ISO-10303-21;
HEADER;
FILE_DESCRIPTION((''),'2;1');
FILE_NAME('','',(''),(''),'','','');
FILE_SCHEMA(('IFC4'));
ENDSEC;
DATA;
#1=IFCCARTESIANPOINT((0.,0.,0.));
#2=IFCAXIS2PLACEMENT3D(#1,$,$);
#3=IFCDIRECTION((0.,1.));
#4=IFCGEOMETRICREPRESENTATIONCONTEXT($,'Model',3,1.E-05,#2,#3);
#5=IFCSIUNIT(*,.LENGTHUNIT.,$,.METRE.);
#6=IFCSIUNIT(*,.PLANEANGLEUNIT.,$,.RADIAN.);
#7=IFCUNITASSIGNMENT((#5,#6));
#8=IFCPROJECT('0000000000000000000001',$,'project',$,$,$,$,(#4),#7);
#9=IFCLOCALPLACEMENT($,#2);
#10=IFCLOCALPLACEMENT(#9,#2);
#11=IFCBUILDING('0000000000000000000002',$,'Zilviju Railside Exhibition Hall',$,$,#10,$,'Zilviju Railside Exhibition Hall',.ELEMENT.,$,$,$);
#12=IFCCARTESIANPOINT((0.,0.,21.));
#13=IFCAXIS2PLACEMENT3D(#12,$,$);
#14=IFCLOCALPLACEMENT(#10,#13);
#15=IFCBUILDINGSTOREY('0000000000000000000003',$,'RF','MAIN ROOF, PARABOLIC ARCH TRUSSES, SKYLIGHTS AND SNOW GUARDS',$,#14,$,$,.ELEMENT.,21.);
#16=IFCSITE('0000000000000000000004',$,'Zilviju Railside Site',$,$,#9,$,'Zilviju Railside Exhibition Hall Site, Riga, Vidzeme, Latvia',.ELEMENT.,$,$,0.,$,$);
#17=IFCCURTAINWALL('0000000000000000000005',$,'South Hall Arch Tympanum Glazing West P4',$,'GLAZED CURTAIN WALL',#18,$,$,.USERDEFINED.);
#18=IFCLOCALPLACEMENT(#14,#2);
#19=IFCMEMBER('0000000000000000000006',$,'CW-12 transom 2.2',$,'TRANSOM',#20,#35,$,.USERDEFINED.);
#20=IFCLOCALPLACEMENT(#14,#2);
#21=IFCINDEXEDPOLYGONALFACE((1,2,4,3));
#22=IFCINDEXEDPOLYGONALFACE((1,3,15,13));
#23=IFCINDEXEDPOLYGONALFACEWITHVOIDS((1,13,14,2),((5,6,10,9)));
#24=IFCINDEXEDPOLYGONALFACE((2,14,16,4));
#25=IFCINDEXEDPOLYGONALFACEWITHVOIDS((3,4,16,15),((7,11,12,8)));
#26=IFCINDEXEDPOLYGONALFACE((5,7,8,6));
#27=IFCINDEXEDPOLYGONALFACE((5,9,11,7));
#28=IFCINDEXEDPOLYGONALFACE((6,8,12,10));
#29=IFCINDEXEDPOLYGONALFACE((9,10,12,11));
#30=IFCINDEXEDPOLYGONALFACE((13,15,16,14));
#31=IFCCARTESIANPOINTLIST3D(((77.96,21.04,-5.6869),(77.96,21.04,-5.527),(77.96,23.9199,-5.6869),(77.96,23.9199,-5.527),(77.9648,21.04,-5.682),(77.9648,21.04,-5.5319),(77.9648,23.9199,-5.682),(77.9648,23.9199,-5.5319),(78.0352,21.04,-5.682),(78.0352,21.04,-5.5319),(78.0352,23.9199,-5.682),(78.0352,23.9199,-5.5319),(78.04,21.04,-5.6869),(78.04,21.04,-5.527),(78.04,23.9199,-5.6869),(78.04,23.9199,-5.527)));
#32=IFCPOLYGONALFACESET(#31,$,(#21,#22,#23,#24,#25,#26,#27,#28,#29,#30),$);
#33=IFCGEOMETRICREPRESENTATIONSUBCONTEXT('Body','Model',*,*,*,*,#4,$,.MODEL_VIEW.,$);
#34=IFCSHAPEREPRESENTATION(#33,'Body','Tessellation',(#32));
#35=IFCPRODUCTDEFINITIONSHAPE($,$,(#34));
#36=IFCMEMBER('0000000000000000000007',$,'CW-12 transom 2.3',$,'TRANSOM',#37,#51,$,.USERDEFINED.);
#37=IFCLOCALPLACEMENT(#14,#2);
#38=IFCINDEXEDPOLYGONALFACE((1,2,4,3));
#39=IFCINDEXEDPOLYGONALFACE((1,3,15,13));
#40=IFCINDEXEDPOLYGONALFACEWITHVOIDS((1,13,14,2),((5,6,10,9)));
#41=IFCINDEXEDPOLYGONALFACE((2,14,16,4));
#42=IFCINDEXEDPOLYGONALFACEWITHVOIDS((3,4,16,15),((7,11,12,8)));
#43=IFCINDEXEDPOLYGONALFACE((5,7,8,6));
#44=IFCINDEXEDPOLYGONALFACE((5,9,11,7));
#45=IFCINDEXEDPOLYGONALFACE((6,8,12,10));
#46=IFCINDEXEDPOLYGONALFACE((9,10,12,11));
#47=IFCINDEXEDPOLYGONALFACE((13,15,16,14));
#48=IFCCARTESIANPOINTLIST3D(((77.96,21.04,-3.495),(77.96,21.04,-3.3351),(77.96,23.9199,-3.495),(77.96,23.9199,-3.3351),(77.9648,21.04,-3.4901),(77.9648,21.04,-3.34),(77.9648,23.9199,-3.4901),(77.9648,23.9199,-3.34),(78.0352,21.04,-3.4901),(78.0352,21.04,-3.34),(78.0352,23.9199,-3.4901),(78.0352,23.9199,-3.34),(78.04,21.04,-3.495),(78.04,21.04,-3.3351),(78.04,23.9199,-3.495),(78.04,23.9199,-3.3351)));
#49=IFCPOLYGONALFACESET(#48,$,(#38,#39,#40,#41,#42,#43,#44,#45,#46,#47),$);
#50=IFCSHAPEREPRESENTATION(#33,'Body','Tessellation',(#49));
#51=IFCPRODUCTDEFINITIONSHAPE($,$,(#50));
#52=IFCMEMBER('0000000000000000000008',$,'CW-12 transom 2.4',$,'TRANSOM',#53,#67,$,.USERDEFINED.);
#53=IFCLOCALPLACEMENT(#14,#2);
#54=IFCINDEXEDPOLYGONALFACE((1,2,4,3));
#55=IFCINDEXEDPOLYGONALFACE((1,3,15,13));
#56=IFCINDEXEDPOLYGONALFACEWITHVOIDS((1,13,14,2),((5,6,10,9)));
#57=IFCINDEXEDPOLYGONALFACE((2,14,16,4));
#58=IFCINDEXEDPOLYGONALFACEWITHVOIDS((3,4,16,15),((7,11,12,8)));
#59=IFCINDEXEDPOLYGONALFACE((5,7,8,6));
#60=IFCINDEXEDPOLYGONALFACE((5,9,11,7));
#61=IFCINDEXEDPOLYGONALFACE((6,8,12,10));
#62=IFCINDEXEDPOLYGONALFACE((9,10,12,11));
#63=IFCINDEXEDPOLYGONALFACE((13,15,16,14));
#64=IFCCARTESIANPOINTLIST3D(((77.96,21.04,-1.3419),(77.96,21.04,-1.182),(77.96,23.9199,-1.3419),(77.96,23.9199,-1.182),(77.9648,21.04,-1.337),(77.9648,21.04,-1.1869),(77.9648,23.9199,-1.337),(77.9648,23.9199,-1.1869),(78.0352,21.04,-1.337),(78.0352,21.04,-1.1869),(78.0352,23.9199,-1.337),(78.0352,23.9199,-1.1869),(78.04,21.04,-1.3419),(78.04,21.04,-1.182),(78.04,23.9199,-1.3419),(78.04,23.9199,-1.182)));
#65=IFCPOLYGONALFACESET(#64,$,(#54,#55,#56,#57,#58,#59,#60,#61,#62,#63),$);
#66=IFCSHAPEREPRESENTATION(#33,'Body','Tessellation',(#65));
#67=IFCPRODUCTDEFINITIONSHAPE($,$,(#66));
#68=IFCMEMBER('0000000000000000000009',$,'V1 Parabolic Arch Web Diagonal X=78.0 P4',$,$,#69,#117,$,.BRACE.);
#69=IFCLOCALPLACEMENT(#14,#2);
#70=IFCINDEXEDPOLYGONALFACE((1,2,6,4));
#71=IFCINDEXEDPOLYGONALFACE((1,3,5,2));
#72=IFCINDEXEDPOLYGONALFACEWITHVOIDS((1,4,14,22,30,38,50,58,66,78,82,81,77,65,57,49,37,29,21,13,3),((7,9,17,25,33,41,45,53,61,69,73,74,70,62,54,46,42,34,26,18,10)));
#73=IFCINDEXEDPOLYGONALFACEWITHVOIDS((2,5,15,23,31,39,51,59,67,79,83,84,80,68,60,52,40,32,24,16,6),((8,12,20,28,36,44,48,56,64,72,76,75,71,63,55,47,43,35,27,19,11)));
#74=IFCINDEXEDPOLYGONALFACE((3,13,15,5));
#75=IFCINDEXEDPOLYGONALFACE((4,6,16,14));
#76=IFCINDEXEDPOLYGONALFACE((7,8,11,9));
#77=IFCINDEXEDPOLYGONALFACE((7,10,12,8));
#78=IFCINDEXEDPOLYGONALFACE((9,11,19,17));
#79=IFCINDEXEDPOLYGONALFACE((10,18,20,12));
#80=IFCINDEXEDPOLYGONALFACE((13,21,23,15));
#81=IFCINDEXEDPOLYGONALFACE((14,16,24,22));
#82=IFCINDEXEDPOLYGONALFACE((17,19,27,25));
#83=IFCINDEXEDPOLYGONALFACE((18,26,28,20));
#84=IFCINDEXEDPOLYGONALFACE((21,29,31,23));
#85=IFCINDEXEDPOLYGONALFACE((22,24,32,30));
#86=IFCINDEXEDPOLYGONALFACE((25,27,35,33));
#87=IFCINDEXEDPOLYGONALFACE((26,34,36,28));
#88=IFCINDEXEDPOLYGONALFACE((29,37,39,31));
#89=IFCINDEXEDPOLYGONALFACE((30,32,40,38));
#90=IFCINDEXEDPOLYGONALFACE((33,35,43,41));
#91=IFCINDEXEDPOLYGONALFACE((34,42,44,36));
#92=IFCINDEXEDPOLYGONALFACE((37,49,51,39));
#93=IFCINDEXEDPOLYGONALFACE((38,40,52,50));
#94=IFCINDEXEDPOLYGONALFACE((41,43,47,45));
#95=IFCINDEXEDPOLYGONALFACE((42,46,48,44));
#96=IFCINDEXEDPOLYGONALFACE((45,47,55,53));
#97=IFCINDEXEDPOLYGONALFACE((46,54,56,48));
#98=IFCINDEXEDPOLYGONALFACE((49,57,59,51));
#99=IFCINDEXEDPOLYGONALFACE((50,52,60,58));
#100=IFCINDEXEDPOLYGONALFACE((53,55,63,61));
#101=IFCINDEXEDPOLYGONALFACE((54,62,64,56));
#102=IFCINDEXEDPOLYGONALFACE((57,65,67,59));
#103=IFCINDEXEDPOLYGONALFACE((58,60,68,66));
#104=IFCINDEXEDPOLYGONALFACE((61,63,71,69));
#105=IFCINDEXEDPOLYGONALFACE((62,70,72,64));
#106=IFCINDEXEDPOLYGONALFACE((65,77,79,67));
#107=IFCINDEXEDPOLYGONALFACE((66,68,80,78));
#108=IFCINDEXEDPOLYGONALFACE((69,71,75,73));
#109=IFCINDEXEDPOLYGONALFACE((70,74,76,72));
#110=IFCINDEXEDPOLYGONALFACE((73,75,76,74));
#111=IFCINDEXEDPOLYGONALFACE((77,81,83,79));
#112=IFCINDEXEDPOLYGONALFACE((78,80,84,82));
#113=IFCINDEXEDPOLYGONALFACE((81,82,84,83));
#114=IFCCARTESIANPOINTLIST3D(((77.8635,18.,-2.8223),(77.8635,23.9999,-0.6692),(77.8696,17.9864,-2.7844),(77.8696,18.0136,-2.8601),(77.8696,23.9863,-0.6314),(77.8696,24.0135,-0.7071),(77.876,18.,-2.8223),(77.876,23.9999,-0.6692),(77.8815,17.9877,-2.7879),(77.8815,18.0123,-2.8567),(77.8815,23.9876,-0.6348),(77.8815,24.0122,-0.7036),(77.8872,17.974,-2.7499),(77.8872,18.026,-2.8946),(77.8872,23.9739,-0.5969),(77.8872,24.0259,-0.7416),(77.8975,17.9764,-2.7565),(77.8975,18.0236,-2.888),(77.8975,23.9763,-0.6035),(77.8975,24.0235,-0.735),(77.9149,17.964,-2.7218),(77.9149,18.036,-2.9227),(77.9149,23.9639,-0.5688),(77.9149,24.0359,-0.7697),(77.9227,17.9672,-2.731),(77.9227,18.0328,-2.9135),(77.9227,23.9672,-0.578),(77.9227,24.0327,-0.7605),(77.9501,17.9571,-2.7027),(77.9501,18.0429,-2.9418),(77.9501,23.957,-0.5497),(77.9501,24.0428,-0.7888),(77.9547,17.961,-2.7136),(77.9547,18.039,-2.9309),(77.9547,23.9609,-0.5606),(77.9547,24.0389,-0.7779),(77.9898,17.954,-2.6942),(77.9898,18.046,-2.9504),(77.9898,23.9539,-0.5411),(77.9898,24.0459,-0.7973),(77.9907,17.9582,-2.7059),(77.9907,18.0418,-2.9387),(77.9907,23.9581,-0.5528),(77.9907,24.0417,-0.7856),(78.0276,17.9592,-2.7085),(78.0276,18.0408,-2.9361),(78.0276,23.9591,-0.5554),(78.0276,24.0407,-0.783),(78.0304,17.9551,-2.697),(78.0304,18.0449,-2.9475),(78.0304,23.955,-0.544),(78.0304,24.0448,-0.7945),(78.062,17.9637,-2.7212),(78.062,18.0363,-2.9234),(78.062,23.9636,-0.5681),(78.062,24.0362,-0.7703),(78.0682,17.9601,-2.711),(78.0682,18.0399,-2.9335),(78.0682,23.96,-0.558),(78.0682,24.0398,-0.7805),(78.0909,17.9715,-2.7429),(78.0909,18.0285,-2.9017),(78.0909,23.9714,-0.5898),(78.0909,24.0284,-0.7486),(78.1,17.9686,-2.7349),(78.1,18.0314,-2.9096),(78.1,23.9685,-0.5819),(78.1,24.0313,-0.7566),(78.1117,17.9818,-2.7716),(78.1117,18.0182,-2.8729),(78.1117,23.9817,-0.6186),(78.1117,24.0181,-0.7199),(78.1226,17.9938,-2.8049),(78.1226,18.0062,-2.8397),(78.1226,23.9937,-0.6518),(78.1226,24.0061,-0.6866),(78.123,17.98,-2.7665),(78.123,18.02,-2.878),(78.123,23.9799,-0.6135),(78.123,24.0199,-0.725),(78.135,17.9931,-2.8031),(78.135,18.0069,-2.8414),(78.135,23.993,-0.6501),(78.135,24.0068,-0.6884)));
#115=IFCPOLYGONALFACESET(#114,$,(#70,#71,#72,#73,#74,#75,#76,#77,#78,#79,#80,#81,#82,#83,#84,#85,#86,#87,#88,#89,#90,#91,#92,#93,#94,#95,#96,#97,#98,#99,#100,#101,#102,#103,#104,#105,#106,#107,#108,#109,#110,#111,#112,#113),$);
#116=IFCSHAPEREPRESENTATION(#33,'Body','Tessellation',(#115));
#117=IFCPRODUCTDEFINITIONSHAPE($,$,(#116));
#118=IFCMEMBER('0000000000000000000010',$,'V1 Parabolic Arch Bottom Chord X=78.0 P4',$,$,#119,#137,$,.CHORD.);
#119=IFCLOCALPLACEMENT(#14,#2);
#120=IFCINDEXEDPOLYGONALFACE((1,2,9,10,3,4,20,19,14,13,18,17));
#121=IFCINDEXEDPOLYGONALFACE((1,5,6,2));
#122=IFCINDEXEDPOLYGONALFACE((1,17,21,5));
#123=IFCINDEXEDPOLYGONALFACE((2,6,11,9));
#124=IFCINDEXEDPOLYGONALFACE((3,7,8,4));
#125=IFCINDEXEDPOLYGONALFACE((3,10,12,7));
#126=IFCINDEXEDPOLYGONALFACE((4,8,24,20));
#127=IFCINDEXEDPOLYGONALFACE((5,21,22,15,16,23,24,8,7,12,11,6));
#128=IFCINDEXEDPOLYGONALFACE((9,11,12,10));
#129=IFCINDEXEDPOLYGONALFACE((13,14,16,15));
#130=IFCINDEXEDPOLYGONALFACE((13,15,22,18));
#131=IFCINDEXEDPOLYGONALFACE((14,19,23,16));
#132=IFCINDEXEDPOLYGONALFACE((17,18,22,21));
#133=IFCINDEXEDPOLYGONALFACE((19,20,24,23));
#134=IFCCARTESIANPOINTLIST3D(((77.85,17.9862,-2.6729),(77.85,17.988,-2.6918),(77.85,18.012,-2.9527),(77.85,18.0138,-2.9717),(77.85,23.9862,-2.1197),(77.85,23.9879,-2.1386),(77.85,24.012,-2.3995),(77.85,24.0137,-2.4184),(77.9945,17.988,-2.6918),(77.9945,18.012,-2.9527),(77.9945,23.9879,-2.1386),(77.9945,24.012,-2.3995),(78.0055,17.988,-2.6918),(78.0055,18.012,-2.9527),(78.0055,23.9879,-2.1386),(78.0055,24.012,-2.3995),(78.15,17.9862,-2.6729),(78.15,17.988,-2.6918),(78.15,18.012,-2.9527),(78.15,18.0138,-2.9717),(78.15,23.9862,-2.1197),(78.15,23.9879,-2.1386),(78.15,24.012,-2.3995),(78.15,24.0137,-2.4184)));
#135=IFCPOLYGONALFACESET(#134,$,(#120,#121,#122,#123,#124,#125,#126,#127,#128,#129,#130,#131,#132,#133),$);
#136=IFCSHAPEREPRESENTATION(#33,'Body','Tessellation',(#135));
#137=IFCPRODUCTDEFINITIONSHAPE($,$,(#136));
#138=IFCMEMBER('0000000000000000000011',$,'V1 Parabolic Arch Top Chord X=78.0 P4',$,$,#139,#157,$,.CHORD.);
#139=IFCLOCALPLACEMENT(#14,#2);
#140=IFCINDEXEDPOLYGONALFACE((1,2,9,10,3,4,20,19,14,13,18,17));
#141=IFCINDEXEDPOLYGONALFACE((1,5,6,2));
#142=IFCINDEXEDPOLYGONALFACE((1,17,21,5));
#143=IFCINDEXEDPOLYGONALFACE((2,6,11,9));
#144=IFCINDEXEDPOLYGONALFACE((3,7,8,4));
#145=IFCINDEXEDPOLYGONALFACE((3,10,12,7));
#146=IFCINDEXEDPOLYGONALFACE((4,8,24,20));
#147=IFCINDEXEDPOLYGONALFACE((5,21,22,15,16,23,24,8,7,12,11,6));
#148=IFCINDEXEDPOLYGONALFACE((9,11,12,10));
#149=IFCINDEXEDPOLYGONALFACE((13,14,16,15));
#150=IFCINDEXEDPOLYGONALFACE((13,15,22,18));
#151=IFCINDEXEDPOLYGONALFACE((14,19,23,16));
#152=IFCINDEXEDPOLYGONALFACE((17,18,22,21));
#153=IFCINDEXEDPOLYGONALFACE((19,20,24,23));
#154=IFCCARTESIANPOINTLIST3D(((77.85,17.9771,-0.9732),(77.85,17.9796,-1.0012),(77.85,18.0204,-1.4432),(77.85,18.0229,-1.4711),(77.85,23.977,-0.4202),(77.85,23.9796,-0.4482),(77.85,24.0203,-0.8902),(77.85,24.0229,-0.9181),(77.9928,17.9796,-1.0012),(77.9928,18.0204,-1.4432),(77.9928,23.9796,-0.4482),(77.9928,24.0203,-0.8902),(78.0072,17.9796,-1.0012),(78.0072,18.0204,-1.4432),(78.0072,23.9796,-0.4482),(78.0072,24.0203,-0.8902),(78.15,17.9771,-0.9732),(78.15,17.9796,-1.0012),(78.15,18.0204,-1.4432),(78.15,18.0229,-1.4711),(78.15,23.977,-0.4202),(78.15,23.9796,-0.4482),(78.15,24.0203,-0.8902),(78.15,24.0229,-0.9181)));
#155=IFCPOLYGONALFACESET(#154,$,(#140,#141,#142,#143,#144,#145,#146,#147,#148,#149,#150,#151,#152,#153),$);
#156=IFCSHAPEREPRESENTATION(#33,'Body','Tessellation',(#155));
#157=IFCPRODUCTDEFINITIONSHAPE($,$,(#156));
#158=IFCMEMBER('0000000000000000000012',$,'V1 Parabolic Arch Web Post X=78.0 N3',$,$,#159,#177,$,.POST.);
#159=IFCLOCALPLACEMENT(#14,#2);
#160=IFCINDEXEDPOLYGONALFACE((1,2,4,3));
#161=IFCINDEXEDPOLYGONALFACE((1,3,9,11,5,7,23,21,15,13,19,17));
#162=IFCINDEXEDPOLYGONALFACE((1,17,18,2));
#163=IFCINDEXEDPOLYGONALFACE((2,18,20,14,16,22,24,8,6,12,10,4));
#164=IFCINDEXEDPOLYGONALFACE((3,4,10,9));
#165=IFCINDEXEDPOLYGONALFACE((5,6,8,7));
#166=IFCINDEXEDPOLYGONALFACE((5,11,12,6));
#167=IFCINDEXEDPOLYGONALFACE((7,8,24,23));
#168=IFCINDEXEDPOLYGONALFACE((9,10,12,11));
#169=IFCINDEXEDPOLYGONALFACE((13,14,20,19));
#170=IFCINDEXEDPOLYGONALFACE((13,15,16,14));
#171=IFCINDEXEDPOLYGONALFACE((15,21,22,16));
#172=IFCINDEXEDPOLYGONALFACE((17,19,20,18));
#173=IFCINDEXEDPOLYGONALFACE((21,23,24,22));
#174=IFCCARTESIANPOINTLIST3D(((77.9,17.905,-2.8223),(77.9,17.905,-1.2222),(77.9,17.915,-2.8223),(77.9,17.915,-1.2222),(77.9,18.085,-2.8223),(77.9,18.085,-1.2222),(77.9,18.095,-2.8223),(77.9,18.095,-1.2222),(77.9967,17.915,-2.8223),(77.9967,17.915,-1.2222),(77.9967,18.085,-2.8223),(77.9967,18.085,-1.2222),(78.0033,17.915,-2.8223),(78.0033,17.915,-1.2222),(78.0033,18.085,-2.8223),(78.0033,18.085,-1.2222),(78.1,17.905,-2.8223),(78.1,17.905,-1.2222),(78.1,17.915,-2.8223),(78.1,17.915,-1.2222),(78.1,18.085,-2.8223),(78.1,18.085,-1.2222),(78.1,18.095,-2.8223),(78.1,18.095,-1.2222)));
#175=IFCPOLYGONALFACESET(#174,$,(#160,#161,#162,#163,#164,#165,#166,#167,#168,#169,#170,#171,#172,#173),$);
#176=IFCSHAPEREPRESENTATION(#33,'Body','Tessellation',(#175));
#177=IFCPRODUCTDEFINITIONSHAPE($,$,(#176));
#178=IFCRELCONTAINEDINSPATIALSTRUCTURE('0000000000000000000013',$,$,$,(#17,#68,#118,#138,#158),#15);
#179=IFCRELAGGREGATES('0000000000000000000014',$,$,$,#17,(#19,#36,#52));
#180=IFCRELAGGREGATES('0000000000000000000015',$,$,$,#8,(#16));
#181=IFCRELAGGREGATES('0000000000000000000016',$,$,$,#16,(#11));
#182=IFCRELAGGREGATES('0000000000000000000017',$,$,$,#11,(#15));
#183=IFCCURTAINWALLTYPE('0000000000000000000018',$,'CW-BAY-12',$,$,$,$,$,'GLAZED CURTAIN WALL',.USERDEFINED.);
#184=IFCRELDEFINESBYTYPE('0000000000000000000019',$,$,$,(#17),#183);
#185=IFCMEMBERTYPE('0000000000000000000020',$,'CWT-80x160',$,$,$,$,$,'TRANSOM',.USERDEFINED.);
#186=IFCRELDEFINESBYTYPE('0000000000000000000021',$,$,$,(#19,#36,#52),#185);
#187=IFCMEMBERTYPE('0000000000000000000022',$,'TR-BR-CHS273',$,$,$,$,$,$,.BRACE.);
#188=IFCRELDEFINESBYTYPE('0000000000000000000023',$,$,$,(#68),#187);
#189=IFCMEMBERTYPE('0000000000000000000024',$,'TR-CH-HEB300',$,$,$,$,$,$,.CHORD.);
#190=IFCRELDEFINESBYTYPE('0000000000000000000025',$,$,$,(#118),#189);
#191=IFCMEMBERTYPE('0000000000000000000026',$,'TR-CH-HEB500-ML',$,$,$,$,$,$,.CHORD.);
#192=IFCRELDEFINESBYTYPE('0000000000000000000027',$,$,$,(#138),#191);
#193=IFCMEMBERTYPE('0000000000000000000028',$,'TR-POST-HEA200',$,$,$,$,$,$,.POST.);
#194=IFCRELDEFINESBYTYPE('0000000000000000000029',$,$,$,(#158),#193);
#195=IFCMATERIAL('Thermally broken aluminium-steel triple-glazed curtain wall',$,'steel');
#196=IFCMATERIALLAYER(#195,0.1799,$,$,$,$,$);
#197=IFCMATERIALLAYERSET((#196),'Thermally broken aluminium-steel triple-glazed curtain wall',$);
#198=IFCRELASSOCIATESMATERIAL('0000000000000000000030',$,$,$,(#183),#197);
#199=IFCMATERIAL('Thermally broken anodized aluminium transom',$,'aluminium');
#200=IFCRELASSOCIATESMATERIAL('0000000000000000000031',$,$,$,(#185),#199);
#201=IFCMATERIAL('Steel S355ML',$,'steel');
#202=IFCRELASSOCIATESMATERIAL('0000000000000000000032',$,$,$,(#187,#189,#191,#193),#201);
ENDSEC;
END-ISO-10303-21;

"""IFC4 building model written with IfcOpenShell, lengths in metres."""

from ifc_helpers import new_model, si_unit, direction, frame, origin, origin_2d, place, context, subcontext, project, spatial, hollow_rectangle, hollow_circle, i_section, extrude, material, layer, layer_set, material_profile, profile_set, type_object, element, aggregate, save


model = new_model("IFC4")

# Units and contexts
model_context = context("Model", 3, precision=1e-05, world=origin(), true_north=direction((0.0, 1.0)))
body_context = subcontext(model_context, "Body", "Model", "MODEL_VIEW")
ifc_project = project(units=[si_unit("LENGTHUNIT", "METRE"), si_unit("PLANEANGLEUNIT", "RADIAN")], contexts=[model_context])

# Site, building, storey
site_placement = place(None, origin())
site = spatial("IfcSite", under=ifc_project, at=site_placement, Name="Zilviju Railside Site", LongName="Zilviju Railside Exhibition Hall Site, Riga, Vidzeme, Latvia", CompositionType="ELEMENT", RefElevation=0.0)
building_placement = place(site_placement, origin())
building = spatial("IfcBuilding", under=site, at=building_placement, Name="Zilviju Railside Exhibition Hall", LongName="Zilviju Railside Exhibition Hall", CompositionType="ELEMENT")
storey_placement = place(building_placement, frame((0.0, 0.0, 21.0)))
storey = spatial("IfcBuildingStorey", under=building, at=storey_placement, Name="RF", Description="MAIN ROOF, PARABOLIC ARCH TRUSSES, SKYLIGHTS AND SNOW GUARDS", CompositionType="ELEMENT", Elevation=21.0)

# Shared definitions
ifc_material_1 = material(Name="Thermally broken aluminium-steel triple-glazed curtain wall", Category="steel")

# Curtain wall
ifc_layer_1 = layer(ifc_material_1, 0.1799)
ifc_layer_set_1 = layer_set([ifc_layer_1], Name="Thermally broken aluminium-steel triple-glazed curtain wall")
curtain_wall_type_1 = type_object("IfcCurtainWallType", Name="CW-BAY-12", ElementType="GLAZED CURTAIN WALL", PredefinedType="USERDEFINED", material=ifc_layer_set_1)
curtain_wall_1_placement = place(storey_placement, origin())
curtain_wall_1 = element("IfcCurtainWall", 1, at=curtain_wall_1_placement, inside=storey, type_object=curtain_wall_type_1, Name="South Hall Arch Tympanum Glazing West P4", ObjectType="GLAZED CURTAIN WALL", PredefinedType="USERDEFINED")

# Members
ifc_material_2 = material(Name="Thermally broken anodized aluminium transom", Category="aluminium")
ifc_material_profile_1 = material_profile(ifc_material_2, hollow_rectangle(XDim=0.0801, YDim=0.1599, WallThickness=0.0049, at=origin_2d()), Name="TRANSOM 160x80x5")
ifc_profile_set_1 = profile_set([ifc_material_profile_1], Name="Thermally broken anodized aluminium transom")
member_type_1 = type_object("IfcMemberType", Name="CWT-80x160", ElementType="TRANSOM", PredefinedType="USERDEFINED", material=ifc_profile_set_1)
member_1_placement = place(storey_placement, frame((78.0, 21.04, -5.6069), z_axis=(0.0, 1.0, 0.0), x_axis=(-1.0, 0.0, 0.0)))
member_1 = element("IfcMember", 2, at=member_1_placement, type_object=member_type_1, Name="CW-12 transom 2.2", ObjectType="TRANSOM", PredefinedType="USERDEFINED", context=body_context, shape_type="SweptSolid", body=[
    extrude(hollow_rectangle(XDim=0.0801, YDim=0.1599, WallThickness=0.0049, at=origin_2d()), origin(), (0.0, 0.0, 1.0), 2.8799),
])
member_2_placement = place(storey_placement, frame((78.0, 21.04, -3.415), z_axis=(0.0, 1.0, 0.0), x_axis=(-1.0, 0.0, 0.0)))
member_2 = element("IfcMember", 3, at=member_2_placement, type_object=member_type_1, Name="CW-12 transom 2.3", ObjectType="TRANSOM", PredefinedType="USERDEFINED", context=body_context, shape_type="SweptSolid", body=[
    extrude(hollow_rectangle(XDim=0.0801, YDim=0.1599, WallThickness=0.0049, at=origin_2d()), origin(), (0.0, 0.0, 1.0), 2.8799),
])
member_3_placement = place(storey_placement, frame((78.0, 21.04, -1.262), z_axis=(0.0, 1.0, 0.0), x_axis=(-1.0, 0.0, 0.0)))
member_3 = element("IfcMember", 4, at=member_3_placement, type_object=member_type_1, Name="CW-12 transom 2.4", ObjectType="TRANSOM", PredefinedType="USERDEFINED", context=body_context, shape_type="SweptSolid", body=[
    extrude(hollow_rectangle(XDim=0.0801, YDim=0.1599, WallThickness=0.0049, at=origin_2d()), origin(), (0.0, 0.0, 1.0), 2.8799),
])

# Members
ifc_material_3 = material(Name="Steel S355ML", Category="steel")
ifc_material_profile_2 = material_profile(ifc_material_3, hollow_circle(Radius=0.1365, WallThickness=0.0125, at=origin_2d()), Name="CHS 273.0x12.5")
ifc_profile_set_2 = profile_set([ifc_material_profile_2], Name="Steel S355ML")
member_type_2 = type_object("IfcMemberType", Name="TR-BR-CHS273", PredefinedType="BRACE", material=ifc_profile_set_2)
member_4_placement = place(storey_placement, frame((78.0, 18.0, -2.8223), z_axis=(0.0, 0.941233, 0.337758), x_axis=(-1.0, 0.0, 0.0)))
element("IfcMember", 5, at=member_4_placement, inside=storey, type_object=member_type_2, Name="V1 Parabolic Arch Web Diagonal X=78.0 P4", PredefinedType="BRACE", context=body_context, shape_type="SweptSolid", body=[
    extrude(hollow_circle(Radius=0.1365, WallThickness=0.0125, at=origin_2d()), origin(), (0.0, 0.0, 1.0), 6.3745),
])
ifc_material_profile_3 = material_profile(ifc_material_3, i_section(OverallWidth=0.3, OverallDepth=0.3, WebThickness=0.011, FlangeThickness=0.019, at=origin_2d()), Name="HEB 300")
ifc_profile_set_3 = profile_set([ifc_material_profile_3], Name="Steel S355ML")
member_type_3 = type_object("IfcMemberType", Name="TR-CH-HEB300", PredefinedType="CHORD", material=ifc_profile_set_3)
member_5_placement = place(storey_placement, frame((78.0, 18.0, -2.8223), z_axis=(0.0, 0.995776, 0.091814), x_axis=(-1.0, 0.0, 0.0)))
element("IfcMember", 6, at=member_5_placement, inside=storey, type_object=member_type_3, Name="V1 Parabolic Arch Bottom Chord X=78.0 P4", PredefinedType="CHORD", context=body_context, shape_type="SweptSolid", body=[
    extrude(i_section(OverallWidth=0.3, OverallDepth=0.3, WebThickness=0.011, FlangeThickness=0.019, at=origin_2d()), origin(), (0.0, 0.0, 1.0), 6.0254),
])
ifc_material_profile_4 = material_profile(ifc_material_3, i_section(OverallWidth=0.3, OverallDepth=0.5, WebThickness=0.0144, FlangeThickness=0.0281, at=origin_2d()), Name="HEB 500")
ifc_profile_set_4 = profile_set([ifc_material_profile_4], Name="Steel S355ML")
member_type_4 = type_object("IfcMemberType", Name="TR-CH-HEB500-ML", PredefinedType="CHORD", material=ifc_profile_set_4)
member_6_placement = place(storey_placement, frame((78.0, 18.0, -1.2222), z_axis=(0.0, 0.99578, 0.091774), x_axis=(-1.0, 0.0, 0.0)))
element("IfcMember", 7, at=member_6_placement, inside=storey, type_object=member_type_4, Name="V1 Parabolic Arch Top Chord X=78.0 P4", PredefinedType="CHORD", context=body_context, shape_type="SweptSolid", body=[
    extrude(i_section(OverallWidth=0.3, OverallDepth=0.5, WebThickness=0.0144, FlangeThickness=0.0281, at=origin_2d()), origin(), (0.0, 0.0, 1.0), 6.0254),
])
ifc_material_profile_5 = material_profile(ifc_material_3, i_section(OverallWidth=0.2, OverallDepth=0.1899, WebThickness=0.0066, FlangeThickness=0.01, at=origin_2d()), Name="HEA 200")
ifc_profile_set_5 = profile_set([ifc_material_profile_5], Name="Steel S355ML")
member_type_5 = type_object("IfcMemberType", Name="TR-POST-HEA200", PredefinedType="POST", material=ifc_profile_set_5)
member_7_placement = place(storey_placement, frame((78.0, 18.0, -2.8223), z_axis=(0.0, 0.0, 1.0), x_axis=(1.0, 0.0, 0.0)))
element("IfcMember", 8, at=member_7_placement, inside=storey, type_object=member_type_5, Name="V1 Parabolic Arch Web Post X=78.0 N3", PredefinedType="POST", context=body_context, shape_type="SweptSolid", body=[
    extrude(i_section(OverallWidth=0.2, OverallDepth=0.1899, WebThickness=0.0066, FlangeThickness=0.01, at=origin_2d()), origin(), (0.0, 0.0, 1.0), 1.6001),
])

aggregate(curtain_wall_1, [member_1, member_2, member_3])

save(model, "model.ifc")
